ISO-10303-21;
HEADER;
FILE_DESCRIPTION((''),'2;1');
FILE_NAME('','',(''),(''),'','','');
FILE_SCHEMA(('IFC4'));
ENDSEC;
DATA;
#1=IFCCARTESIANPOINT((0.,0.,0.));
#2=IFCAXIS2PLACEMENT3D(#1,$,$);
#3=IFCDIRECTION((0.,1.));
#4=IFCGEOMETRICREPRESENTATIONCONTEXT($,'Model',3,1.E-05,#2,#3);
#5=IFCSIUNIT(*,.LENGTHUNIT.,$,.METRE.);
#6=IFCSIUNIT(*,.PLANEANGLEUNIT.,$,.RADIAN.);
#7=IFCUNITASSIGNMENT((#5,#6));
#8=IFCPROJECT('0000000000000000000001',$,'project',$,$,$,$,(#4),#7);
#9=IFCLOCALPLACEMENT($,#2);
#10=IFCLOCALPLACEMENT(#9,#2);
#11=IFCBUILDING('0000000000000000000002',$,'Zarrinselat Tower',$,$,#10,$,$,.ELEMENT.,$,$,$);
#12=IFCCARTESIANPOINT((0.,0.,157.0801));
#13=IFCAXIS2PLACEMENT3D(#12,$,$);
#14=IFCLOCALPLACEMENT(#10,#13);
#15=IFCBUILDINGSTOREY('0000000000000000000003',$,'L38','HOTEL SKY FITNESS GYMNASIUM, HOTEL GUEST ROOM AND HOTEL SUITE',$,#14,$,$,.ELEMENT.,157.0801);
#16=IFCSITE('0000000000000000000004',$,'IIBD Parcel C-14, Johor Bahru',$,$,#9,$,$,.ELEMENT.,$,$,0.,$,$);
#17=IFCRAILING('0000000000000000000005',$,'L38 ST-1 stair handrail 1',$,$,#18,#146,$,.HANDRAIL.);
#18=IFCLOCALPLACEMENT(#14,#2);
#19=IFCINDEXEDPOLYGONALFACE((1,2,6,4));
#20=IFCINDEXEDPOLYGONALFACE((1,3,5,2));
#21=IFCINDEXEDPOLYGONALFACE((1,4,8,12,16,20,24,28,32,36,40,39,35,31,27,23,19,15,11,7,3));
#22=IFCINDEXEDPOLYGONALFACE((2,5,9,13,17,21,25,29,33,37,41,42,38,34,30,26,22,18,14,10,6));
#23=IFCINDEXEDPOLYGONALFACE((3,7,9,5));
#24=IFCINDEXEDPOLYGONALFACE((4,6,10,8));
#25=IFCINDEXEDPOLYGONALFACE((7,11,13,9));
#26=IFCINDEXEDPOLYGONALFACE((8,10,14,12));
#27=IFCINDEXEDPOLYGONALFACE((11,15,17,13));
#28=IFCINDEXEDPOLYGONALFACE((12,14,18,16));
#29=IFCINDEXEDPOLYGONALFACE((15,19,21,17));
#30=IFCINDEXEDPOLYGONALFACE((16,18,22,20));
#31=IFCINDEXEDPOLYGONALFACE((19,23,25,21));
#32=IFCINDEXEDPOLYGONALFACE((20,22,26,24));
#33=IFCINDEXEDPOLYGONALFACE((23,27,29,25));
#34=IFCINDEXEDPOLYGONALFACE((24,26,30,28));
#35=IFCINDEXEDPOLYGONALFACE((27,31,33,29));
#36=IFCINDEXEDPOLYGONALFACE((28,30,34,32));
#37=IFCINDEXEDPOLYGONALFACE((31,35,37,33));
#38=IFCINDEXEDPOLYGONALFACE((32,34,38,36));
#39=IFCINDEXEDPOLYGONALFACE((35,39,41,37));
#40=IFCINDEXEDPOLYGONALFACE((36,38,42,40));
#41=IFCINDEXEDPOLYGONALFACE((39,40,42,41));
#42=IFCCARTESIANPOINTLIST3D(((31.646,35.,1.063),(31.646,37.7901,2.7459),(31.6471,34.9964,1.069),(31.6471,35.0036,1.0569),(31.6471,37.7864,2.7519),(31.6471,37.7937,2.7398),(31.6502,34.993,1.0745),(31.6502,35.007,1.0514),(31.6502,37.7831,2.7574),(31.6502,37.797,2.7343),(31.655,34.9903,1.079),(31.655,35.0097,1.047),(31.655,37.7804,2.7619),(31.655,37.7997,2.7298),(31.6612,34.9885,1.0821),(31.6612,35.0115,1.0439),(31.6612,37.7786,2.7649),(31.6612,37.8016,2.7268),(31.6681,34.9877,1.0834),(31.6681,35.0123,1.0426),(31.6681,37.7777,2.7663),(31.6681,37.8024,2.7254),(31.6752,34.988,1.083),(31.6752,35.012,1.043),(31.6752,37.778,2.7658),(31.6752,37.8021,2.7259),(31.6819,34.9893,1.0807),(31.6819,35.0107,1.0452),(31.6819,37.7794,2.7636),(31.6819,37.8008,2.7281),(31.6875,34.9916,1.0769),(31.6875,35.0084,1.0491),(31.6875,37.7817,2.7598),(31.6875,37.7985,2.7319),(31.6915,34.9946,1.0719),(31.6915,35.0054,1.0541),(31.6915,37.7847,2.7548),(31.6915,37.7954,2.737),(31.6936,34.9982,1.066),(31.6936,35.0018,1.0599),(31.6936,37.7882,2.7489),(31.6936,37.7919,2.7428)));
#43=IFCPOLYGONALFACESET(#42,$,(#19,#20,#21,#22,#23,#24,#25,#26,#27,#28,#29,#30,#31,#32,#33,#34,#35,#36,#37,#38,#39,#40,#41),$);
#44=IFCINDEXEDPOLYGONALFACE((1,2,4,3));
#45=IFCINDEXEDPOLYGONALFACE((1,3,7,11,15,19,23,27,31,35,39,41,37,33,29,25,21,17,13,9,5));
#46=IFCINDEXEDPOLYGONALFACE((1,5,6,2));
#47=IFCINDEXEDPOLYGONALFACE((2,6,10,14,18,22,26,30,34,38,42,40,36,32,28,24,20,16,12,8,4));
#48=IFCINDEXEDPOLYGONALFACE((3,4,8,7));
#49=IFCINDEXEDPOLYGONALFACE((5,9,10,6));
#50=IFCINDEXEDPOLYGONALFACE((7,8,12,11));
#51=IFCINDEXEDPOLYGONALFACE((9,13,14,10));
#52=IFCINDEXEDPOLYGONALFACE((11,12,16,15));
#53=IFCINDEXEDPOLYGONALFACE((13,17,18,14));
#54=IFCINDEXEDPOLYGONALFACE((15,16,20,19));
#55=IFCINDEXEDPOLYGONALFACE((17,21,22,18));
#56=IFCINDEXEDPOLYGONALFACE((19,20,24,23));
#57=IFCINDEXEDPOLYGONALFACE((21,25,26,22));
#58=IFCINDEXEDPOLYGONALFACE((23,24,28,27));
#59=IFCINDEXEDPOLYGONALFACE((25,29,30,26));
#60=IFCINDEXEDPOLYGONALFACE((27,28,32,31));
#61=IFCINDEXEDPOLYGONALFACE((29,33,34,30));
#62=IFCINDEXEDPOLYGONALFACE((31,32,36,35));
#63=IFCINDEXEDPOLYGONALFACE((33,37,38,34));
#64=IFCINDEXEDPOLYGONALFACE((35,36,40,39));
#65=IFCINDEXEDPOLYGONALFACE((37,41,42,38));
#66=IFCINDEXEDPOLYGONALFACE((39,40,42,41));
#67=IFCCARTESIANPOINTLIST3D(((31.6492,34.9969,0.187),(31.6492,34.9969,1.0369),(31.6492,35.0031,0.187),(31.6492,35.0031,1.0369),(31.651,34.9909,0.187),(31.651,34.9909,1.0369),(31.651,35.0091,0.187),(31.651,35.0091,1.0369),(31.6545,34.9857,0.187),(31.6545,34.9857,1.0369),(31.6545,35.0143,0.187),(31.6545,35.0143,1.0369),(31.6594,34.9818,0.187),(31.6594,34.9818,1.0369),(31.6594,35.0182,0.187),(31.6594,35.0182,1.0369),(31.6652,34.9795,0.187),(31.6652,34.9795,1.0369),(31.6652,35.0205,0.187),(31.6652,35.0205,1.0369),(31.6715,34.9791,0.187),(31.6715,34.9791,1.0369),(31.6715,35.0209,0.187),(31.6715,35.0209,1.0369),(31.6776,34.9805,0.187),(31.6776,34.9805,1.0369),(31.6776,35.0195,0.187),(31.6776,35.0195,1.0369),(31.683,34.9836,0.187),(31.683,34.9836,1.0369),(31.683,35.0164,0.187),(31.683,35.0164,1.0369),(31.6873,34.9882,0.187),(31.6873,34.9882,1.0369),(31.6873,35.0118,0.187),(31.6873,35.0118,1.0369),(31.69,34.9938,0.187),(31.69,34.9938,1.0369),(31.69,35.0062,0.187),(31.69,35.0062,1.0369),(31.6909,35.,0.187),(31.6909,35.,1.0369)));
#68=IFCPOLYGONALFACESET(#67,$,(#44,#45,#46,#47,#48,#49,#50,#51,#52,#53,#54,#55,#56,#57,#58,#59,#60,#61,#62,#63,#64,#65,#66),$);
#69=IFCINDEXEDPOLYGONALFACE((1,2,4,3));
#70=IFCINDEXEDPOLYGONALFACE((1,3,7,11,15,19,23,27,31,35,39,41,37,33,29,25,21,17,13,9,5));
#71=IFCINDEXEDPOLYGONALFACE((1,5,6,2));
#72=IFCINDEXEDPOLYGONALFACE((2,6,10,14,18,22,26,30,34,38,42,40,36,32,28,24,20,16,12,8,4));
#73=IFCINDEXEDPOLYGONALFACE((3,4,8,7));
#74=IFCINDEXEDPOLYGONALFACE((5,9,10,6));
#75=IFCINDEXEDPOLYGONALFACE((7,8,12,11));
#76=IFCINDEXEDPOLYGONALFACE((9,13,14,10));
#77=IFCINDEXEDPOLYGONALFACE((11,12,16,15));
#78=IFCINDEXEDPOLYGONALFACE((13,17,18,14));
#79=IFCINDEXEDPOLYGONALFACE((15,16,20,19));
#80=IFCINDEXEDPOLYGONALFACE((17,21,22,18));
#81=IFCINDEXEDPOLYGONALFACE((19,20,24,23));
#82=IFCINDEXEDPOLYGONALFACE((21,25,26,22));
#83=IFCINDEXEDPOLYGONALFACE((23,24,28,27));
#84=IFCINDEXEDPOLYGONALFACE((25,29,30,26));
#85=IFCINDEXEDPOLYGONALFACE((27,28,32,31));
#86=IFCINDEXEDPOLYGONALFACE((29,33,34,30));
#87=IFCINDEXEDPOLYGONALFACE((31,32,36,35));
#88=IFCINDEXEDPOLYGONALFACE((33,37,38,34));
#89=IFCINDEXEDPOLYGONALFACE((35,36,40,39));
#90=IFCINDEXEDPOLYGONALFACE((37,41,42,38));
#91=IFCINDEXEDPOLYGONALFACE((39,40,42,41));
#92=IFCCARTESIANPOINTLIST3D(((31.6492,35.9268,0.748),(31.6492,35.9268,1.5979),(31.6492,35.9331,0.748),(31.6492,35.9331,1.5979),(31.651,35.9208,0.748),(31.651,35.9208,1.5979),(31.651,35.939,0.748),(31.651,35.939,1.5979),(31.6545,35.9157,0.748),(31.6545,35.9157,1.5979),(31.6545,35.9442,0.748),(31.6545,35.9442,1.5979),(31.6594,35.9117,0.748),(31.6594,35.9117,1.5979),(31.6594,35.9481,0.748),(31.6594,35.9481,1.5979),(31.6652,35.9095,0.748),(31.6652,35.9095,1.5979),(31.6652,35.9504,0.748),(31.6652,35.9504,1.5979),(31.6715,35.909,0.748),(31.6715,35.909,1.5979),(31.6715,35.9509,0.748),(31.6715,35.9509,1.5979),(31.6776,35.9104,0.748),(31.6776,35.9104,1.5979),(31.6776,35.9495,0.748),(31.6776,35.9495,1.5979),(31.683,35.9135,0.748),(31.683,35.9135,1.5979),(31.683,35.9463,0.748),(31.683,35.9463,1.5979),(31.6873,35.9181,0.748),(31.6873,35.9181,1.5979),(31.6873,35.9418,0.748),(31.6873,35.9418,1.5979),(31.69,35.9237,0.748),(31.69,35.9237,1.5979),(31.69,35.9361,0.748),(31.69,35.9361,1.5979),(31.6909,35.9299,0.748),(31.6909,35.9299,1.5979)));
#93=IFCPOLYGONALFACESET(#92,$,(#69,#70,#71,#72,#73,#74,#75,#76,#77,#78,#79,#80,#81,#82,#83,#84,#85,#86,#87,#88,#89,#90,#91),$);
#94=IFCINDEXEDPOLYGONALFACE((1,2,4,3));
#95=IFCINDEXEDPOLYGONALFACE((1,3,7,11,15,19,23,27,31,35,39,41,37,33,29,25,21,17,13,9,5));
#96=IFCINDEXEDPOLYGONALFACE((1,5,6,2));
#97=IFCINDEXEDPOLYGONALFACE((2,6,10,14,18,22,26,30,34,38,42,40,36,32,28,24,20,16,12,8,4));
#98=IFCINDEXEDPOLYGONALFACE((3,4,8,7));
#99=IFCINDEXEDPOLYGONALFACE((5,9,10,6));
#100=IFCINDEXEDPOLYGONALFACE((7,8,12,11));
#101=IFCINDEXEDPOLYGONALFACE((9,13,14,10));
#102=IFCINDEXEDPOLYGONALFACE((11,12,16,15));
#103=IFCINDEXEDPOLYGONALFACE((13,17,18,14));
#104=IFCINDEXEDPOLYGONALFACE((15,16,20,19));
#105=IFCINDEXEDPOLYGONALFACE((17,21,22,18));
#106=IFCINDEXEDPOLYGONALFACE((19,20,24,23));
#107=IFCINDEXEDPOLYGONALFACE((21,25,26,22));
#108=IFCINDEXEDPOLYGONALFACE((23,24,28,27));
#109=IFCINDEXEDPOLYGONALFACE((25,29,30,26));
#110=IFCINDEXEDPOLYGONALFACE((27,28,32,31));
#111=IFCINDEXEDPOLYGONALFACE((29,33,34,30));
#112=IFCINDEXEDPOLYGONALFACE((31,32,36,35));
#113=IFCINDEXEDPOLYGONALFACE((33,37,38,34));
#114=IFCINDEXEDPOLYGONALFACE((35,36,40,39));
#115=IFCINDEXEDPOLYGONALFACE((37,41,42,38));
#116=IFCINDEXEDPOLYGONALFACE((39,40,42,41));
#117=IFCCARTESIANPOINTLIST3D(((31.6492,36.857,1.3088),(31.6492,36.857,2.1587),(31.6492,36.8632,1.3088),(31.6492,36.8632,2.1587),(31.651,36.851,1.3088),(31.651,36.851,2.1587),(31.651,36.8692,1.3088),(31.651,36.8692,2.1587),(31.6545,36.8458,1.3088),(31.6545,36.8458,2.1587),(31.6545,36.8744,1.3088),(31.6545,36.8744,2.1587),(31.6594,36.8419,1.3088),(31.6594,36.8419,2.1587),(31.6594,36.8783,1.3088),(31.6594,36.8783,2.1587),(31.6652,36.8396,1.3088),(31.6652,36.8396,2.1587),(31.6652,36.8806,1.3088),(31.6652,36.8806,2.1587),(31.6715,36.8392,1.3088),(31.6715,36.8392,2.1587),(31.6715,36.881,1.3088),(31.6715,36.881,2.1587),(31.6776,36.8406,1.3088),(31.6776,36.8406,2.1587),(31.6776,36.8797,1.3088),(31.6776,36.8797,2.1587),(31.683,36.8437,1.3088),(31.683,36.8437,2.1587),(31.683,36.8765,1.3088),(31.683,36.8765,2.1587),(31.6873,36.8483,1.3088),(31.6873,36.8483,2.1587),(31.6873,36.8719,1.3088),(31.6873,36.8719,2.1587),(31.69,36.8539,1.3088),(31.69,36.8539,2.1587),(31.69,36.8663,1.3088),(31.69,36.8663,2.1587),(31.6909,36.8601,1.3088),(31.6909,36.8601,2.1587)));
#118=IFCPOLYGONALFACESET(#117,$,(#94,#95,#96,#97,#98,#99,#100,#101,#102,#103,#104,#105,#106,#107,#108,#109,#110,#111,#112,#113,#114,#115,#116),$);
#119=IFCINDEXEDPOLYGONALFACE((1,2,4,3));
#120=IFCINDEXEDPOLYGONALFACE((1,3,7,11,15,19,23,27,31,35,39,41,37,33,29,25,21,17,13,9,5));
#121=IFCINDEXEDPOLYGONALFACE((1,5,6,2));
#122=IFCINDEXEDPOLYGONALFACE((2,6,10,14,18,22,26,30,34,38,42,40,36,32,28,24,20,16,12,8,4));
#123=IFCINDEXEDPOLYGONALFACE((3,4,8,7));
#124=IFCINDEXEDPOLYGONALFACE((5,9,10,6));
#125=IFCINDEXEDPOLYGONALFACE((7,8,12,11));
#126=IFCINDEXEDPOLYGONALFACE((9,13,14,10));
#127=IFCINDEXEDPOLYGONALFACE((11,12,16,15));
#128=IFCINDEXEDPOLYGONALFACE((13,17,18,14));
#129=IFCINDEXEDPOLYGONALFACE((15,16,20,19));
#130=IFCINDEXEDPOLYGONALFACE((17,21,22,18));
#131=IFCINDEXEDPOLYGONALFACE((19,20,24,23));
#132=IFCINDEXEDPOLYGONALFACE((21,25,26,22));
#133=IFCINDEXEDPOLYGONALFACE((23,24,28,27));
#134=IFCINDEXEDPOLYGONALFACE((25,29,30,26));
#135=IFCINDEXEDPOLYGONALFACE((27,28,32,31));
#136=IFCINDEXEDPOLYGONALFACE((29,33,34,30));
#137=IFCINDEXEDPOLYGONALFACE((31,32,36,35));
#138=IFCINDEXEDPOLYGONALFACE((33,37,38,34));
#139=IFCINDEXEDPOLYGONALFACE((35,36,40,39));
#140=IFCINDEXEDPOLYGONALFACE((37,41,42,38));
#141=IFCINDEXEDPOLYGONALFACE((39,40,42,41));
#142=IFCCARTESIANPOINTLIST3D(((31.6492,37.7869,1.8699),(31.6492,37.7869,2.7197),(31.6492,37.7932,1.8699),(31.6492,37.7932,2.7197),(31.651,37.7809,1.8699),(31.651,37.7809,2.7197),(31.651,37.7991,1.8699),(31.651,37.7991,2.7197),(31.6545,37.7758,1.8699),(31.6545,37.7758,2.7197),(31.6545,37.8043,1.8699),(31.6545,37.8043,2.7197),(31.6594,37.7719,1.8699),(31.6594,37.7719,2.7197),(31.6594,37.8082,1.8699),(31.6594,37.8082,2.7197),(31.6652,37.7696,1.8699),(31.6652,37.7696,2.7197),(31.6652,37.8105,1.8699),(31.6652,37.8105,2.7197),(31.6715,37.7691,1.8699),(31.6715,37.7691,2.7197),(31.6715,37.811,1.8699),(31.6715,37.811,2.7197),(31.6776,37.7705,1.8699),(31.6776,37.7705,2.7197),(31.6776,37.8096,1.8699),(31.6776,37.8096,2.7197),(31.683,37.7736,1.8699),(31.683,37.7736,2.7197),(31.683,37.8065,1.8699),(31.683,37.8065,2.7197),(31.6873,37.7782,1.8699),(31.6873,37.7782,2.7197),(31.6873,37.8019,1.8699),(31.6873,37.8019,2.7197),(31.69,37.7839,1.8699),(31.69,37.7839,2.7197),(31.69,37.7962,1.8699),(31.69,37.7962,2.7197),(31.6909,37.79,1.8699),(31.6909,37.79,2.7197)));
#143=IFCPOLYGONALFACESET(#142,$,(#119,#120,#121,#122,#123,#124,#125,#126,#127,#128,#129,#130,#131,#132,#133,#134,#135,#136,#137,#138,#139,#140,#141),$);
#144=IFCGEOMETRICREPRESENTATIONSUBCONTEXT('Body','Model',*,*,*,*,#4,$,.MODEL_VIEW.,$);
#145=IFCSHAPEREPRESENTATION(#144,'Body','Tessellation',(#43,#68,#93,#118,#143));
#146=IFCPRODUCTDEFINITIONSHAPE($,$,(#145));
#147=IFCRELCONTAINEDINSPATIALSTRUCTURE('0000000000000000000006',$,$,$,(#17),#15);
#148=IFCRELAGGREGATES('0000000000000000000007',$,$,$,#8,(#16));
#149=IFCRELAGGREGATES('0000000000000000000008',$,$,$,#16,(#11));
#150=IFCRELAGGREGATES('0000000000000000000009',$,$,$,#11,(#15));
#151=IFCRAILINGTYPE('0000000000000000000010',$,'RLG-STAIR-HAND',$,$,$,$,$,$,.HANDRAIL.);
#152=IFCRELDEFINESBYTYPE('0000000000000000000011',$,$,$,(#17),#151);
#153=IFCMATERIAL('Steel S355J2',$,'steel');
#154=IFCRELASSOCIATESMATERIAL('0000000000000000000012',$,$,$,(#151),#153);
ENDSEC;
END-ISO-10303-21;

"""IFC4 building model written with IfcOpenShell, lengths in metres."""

from ifc_helpers import new_model, si_unit, direction, frame, origin, origin_2d, place, context, subcontext, project, spatial, circle, extrude, material, type_object, element, save


model = new_model("IFC4")

# Units and contexts
model_context = context("Model", 3, precision=1e-05, world=origin(), true_north=direction((0.0, 1.0)))
body_context = subcontext(model_context, "Body", "Model", "MODEL_VIEW")
ifc_project = project(units=[si_unit("LENGTHUNIT", "METRE"), si_unit("PLANEANGLEUNIT", "RADIAN")], contexts=[model_context])

# Site, building, storey
site_placement = place(None, origin())
site = spatial("IfcSite", under=ifc_project, at=site_placement, Name="IIBD Parcel C-14, Johor Bahru", CompositionType="ELEMENT", RefElevation=0.0)
building_placement = place(site_placement, origin())
building = spatial("IfcBuilding", under=site, at=building_placement, Name="Zarrinselat Tower", CompositionType="ELEMENT")
storey_placement = place(building_placement, frame((0.0, 0.0, 157.0801)))
storey = spatial("IfcBuildingStorey", under=building, at=storey_placement, Name="L38", Description="HOTEL SKY FITNESS GYMNASIUM, HOTEL GUEST ROOM AND HOTEL SUITE", CompositionType="ELEMENT", Elevation=157.0801)

# Railing
ifc_material_1 = material(Name="Steel S355J2", Category="steel")
railing_type_1 = type_object("IfcRailingType", Name="RLG-STAIR-HAND", PredefinedType="HANDRAIL", material=ifc_material_1)
railing_1_placement = place(storey_placement, frame((31.6699, 35.0, 0.187)))
element("IfcRailing", 1, at=railing_1_placement, inside=storey, type_object=railing_type_1, Name="L38 ST-1 stair handrail 1", PredefinedType="HANDRAIL", context=body_context, shape_type="SweptSolid", body=[
    extrude(circle(Radius=0.0239, at=origin_2d()), frame((0.0, 0.0, 0.876), z_axis=(0.0, 0.856294, 0.516489), x_axis=(-1.0, 0.0, 0.0)), (0.0, 0.0, 1.0), 3.2583),
    extrude(circle(Radius=0.021, at=origin_2d()), origin(), (0.0, 0.0, 1.0), 0.8499),
    extrude(circle(Radius=0.021, at=origin_2d()), frame((0.0, 0.9299, 0.561)), (0.0, 0.0, 1.0), 0.8499),
    extrude(circle(Radius=0.021, at=origin_2d()), frame((0.0, 1.8601, 1.1218)), (0.0, 0.0, 1.0), 0.8499),
    extrude(circle(Radius=0.021, at=origin_2d()), frame((0.0, 2.79, 1.6829)), (0.0, 0.0, 1.0), 0.8499),
])

save(model, "model.ifc")
